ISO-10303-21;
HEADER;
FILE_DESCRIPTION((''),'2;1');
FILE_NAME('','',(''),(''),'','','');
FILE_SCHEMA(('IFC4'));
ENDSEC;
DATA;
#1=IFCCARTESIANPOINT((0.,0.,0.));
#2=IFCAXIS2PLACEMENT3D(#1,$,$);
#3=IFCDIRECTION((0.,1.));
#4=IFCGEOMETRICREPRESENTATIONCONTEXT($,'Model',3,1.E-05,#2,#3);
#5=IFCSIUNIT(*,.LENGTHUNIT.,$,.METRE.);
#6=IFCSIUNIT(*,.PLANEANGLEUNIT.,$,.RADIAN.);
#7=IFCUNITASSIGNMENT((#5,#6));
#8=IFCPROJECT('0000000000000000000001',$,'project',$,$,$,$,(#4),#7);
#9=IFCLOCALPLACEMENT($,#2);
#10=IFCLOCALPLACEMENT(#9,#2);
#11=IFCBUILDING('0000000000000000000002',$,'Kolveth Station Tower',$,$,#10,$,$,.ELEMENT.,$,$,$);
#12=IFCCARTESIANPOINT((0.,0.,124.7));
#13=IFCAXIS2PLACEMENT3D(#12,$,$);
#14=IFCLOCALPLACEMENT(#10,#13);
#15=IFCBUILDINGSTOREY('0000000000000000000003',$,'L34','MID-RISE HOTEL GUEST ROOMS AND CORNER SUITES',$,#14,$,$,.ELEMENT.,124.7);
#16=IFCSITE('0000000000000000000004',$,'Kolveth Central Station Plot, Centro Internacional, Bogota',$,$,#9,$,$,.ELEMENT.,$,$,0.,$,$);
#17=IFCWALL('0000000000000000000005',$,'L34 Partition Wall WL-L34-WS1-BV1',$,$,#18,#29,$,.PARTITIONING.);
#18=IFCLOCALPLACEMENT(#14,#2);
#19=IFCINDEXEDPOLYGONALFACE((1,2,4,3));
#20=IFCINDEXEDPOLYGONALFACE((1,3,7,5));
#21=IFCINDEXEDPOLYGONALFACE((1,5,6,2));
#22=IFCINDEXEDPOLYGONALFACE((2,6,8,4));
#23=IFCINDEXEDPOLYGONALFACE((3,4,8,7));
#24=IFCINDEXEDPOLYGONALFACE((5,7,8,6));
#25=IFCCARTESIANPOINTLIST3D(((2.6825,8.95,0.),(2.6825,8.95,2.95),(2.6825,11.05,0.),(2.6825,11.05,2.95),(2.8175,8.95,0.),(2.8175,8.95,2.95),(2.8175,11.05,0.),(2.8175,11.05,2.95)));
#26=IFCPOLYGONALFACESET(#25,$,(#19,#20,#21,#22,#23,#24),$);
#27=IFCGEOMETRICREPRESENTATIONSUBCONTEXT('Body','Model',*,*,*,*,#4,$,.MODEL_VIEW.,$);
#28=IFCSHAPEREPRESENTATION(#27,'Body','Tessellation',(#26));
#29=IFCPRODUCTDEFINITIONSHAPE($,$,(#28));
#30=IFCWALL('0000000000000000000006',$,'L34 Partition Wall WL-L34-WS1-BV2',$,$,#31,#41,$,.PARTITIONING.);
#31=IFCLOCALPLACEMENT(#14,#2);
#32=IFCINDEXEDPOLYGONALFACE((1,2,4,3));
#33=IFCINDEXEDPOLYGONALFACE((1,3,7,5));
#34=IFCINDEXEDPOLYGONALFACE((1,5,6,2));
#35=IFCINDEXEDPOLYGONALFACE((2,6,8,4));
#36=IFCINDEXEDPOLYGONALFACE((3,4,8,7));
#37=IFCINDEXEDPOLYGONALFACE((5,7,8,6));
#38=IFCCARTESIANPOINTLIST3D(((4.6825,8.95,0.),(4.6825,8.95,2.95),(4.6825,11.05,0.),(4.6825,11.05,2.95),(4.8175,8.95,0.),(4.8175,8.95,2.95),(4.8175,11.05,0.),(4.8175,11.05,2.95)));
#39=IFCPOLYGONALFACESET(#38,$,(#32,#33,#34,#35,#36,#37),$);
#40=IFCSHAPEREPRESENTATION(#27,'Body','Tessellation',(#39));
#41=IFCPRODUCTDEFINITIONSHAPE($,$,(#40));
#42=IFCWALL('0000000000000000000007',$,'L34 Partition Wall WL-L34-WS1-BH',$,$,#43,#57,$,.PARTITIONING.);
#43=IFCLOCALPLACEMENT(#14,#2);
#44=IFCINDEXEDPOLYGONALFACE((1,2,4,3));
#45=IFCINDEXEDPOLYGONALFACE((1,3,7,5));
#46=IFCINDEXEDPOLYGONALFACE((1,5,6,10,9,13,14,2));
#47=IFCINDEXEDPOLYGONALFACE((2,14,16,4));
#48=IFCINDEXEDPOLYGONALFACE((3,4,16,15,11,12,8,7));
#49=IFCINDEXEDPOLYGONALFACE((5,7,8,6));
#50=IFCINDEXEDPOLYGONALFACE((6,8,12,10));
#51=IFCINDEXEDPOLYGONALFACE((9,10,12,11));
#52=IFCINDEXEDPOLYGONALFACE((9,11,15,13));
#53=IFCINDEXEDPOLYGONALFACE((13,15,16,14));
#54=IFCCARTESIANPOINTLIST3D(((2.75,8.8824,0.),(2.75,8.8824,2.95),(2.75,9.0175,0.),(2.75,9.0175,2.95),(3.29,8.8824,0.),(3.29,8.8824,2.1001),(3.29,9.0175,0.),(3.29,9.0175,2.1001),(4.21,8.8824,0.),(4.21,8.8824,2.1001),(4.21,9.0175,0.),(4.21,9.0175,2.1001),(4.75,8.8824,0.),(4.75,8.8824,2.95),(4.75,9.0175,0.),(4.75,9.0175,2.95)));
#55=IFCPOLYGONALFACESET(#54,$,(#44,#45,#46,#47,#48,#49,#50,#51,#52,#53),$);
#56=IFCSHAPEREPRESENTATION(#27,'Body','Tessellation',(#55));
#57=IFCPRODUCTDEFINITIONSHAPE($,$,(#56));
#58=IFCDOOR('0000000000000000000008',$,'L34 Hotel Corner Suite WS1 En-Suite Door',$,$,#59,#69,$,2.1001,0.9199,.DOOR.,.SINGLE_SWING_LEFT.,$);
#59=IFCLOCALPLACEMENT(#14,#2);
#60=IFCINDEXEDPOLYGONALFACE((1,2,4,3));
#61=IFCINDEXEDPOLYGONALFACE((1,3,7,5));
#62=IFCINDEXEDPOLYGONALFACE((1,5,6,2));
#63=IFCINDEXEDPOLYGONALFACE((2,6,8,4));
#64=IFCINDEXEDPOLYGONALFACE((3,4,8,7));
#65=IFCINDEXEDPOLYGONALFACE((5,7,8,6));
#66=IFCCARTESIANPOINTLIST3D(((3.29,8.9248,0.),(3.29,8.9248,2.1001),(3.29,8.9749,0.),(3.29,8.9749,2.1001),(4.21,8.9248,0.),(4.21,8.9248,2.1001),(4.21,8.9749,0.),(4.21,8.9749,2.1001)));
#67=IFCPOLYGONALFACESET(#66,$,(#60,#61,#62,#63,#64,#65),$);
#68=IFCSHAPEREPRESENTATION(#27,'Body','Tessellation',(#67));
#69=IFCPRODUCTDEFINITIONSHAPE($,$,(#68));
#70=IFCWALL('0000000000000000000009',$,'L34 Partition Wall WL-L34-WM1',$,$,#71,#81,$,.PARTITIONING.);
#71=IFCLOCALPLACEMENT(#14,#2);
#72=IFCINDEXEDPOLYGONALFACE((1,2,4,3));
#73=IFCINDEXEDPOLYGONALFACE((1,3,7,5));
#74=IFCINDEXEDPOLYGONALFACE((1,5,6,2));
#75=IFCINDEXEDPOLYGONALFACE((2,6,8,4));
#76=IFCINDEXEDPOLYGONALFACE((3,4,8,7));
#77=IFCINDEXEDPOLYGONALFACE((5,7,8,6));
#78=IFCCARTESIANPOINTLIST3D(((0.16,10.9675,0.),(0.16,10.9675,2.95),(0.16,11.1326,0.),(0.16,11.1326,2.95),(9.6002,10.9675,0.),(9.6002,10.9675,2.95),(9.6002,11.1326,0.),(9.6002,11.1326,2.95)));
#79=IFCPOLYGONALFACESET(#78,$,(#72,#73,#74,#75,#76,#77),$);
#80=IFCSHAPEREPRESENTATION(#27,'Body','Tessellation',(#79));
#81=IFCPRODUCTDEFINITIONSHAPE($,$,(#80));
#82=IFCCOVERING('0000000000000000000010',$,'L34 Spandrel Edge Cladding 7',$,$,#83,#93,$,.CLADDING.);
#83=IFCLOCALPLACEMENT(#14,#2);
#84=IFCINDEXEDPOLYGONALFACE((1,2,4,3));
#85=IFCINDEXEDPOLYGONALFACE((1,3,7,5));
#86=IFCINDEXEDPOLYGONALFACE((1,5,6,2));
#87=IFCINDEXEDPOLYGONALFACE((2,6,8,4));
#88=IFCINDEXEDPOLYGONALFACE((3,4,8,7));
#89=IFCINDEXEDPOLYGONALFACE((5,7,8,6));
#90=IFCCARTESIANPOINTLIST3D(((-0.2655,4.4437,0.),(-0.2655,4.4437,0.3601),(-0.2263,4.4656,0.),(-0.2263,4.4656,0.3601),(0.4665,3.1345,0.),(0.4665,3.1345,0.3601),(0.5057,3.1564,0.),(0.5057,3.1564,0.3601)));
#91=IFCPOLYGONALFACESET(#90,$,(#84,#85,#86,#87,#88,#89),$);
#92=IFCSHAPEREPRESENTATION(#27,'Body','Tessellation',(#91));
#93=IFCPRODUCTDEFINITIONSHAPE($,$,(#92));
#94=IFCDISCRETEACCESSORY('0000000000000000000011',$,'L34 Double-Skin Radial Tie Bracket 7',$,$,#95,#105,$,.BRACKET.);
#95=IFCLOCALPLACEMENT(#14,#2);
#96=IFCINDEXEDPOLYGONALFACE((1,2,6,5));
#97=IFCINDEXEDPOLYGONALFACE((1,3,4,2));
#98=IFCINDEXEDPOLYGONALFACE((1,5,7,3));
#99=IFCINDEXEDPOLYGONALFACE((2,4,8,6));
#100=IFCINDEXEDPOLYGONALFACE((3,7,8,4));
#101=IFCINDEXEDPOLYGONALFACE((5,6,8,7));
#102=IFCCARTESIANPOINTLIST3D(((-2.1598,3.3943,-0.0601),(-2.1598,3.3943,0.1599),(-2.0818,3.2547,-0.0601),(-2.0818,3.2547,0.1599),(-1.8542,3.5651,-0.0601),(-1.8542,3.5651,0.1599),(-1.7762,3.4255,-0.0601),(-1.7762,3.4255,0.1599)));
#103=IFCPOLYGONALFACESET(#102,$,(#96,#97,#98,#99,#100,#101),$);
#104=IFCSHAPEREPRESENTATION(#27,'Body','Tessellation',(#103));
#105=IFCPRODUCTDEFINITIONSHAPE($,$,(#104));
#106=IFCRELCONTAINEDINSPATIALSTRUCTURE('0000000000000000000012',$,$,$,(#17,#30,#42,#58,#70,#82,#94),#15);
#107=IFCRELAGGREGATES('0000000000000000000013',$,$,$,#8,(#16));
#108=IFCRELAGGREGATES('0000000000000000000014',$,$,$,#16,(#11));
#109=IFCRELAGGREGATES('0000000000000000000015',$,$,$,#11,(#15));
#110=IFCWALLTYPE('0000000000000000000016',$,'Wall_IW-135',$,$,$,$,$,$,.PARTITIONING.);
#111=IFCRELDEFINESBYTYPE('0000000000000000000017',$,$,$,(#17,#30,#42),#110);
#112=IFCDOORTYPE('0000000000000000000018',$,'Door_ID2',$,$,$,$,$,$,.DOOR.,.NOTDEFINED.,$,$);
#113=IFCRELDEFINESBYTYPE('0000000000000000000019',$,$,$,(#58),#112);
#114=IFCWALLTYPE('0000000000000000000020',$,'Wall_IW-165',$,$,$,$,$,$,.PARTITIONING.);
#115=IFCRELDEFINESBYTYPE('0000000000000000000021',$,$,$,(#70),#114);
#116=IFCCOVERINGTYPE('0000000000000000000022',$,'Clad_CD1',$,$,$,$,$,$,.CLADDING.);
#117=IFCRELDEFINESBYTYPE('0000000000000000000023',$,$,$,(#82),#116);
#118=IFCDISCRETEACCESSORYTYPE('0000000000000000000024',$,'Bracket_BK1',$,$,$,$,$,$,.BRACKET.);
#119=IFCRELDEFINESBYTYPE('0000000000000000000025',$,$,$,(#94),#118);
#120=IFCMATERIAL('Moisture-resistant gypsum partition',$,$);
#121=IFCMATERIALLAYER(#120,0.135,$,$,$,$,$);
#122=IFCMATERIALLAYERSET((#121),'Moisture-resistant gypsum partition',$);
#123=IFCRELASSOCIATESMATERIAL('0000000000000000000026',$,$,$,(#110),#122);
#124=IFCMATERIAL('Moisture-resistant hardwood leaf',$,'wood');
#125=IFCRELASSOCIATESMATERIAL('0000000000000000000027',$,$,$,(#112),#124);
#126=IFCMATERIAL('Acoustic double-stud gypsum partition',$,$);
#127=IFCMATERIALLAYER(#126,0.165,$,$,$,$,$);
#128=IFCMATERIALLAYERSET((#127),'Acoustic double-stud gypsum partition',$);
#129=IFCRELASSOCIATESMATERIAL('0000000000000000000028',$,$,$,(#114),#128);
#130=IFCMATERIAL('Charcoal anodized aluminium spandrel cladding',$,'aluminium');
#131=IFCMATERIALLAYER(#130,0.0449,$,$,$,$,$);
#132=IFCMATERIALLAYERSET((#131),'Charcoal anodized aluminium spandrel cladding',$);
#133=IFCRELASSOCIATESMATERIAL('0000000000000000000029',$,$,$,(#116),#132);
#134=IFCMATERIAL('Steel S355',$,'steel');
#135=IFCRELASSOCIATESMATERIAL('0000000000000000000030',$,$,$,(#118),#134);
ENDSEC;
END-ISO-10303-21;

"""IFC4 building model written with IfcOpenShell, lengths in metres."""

from ifc_helpers import new_model, si_unit, direction, frame, frame_2d, origin, origin_2d, place, context, subcontext, project, spatial, rectangle, extrude, source, transform, mapped, material, layer, layer_set, type_object, element, fill, save


model = new_model("IFC4")

# Units and contexts
model_context = context("Model", 3, precision=1e-05, world=origin(), true_north=direction((0.0, 1.0)))
body_context = subcontext(model_context, "Body", "Model", "MODEL_VIEW")
ifc_project = project(units=[si_unit("LENGTHUNIT", "METRE"), si_unit("PLANEANGLEUNIT", "RADIAN")], contexts=[model_context])

# Site, building, storey
site_placement = place(None, origin())
site = spatial("IfcSite", under=ifc_project, at=site_placement, Name="Kolveth Central Station Plot, Centro Internacional, Bogota", CompositionType="ELEMENT", RefElevation=0.0)
building_placement = place(site_placement, origin())
building = spatial("IfcBuilding", under=site, at=building_placement, Name="Kolveth Station Tower", CompositionType="ELEMENT")
storey_placement = place(building_placement, frame((0.0, 0.0, 124.7)))
storey = spatial("IfcBuildingStorey", under=building, at=storey_placement, Name="L34", Description="MID-RISE HOTEL GUEST ROOMS AND CORNER SUITES", CompositionType="ELEMENT", Elevation=124.7)

# Shared definitions
ifc_material_1 = material(Name="Steel S355", Category="steel")

# Walls
ifc_material_2 = material(Name="Moisture-resistant gypsum partition")
ifc_layer_1 = layer(ifc_material_2, 0.135)
ifc_layer_set_1 = layer_set([ifc_layer_1], Name="Moisture-resistant gypsum partition")
wall_type_1 = type_object("IfcWallType", Name="Wall_IW-135", PredefinedType="PARTITIONING", material=ifc_layer_set_1)
for number, where, z_axis, x_axis, name in (
    (1, (2.75, 8.95, 0.0), (0.0, 0.0, 1.0), (0.0, 1.0, 0.0), "L34 Partition Wall WL-L34-WS1-BV1"),
    (2, (4.75, 8.95, 0.0), (0.0, 0.0, 1.0), (0.0, 1.0, 0.0), "L34 Partition Wall WL-L34-WS1-BV2"),
):
    element("IfcWall", number, at=place(storey_placement, frame(where, z_axis=z_axis, x_axis=x_axis)), inside=storey, type_object=wall_type_1, Name=name, PredefinedType="PARTITIONING", context=body_context, shape_type="SweptSolid", body=[
        extrude(rectangle(XDim=2.1001, YDim=0.135, at=frame_2d((1.05, 0.0))), origin(), (0.0, 0.0, 1.0), 2.95),
    ])

# Wall, opening, door
wall_1_placement = place(storey_placement, frame((2.75, 8.95, 0.0), z_axis=(0.0, 0.0, 1.0), x_axis=(1.0, 0.0, 0.0)))
wall_1 = element("IfcWall", 3, at=wall_1_placement, inside=storey, type_object=wall_type_1, Name="L34 Partition Wall WL-L34-WS1-BH", PredefinedType="PARTITIONING", context=body_context, shape_type="SweptSolid", body=[
    extrude(rectangle(XDim=2.0, YDim=0.135, at=frame_2d((1.0, 0.0))), origin(), (0.0, 0.0, 1.0), 2.95),
])
opening_placement = place(wall_1_placement, frame((0.54, 0.0, 0.0)))
opening = element("IfcOpeningElement", 4, at=opening_placement, cuts=wall_1, PredefinedType="OPENING", context=body_context, shape_type="SweptSolid", body=[
    extrude(rectangle(XDim=0.9199, YDim=2.1001, at=frame_2d((0.46, 1.05))), frame((0.0, 0.0774, 0.0), z_axis=(0.0, -1.0, 0.0), x_axis=(1.0, 0.0, 0.0)), (0.0, 0.0, 1.0), 0.155),
])
ifc_material_3 = material(Name="Moisture-resistant hardwood leaf", Category="wood")
door_type = type_object("IfcDoorType", Name="Door_ID2", OperationType="NOTDEFINED", PredefinedType="DOOR", material=ifc_material_3)
door_placement = place(opening_placement, origin())
door = element("IfcDoor", 5, at=door_placement, inside=storey, type_object=door_type, Name="L34 Hotel Corner Suite WS1 En-Suite Door", OperationType="SINGLE_SWING_LEFT", OverallHeight=2.1001, OverallWidth=0.9199, PredefinedType="DOOR", context=body_context, shape_type="SweptSolid", body=[
    extrude(rectangle(XDim=0.9199, YDim=2.1001, at=frame_2d((0.46, 1.05))), frame((0.0, 0.0249, 0.0), z_axis=(0.0, -1.0, 0.0), x_axis=(1.0, 0.0, 0.0)), (0.0, 0.0, 1.0), 0.05),
])
fill(opening, door)

# Wall
ifc_material_4 = material(Name="Acoustic double-stud gypsum partition")
ifc_layer_2 = layer(ifc_material_4, 0.165)
ifc_layer_set_2 = layer_set([ifc_layer_2], Name="Acoustic double-stud gypsum partition")
wall_type_2 = type_object("IfcWallType", Name="Wall_IW-165", PredefinedType="PARTITIONING", material=ifc_layer_set_2)
wall_2_placement = place(storey_placement, frame((0.1599, 11.05, 0.0), z_axis=(0.0, 0.0, 1.0), x_axis=(1.0, 0.0, 0.0)))
element("IfcWall", 6, at=wall_2_placement, inside=storey, type_object=wall_type_2, Name="L34 Partition Wall WL-L34-WM1", PredefinedType="PARTITIONING", context=body_context, shape_type="SweptSolid", body=[
    extrude(rectangle(XDim=9.4402, YDim=0.165, at=frame_2d((4.7202, 0.0))), origin(), (0.0, 0.0, 1.0), 2.95),
])

# Covering
ifc_material_5 = material(Name="Charcoal anodized aluminium spandrel cladding", Category="aluminium")
ifc_layer_3 = layer(ifc_material_5, 0.0449)
ifc_layer_set_3 = layer_set([ifc_layer_3], Name="Charcoal anodized aluminium spandrel cladding")
covering_type = type_object("IfcCoveringType", Name="Clad_CD1", PredefinedType="CLADDING", material=ifc_layer_set_3)
shared_shape_1 = source(origin(), body_context, "Body", "SweptSolid", [
    extrude(rectangle(XDim=1.5, YDim=0.0449, at=origin_2d()), origin(), (0.0, 0.0, 1.0), 0.3601),
])
covering_placement = place(storey_placement, frame((0.1201, 3.8, 0.0), z_axis=(0.0, 0.0, 1.0), x_axis=(0.488012, -0.872837, 0.0)))
element("IfcCovering", 7, at=covering_placement, inside=storey, type_object=covering_type, Name="L34 Spandrel Edge Cladding 7", PredefinedType="CLADDING", context=body_context, shape_type="MappedRepresentation", body=[
    mapped(shared_shape_1, transform((0.0, 0.0, 0.0), x_axis=(1.0, 0.0, 0.0), y_axis=(0.0, 1.0, 0.0), z_axis=(0.0, 0.0, 1.0), scale=1.0)),
])

# Discrete accessory
discrete_accessory_type = type_object("IfcDiscreteAccessoryType", Name="Bracket_BK1", PredefinedType="BRACKET", material=ifc_material_1)
shared_shape_2 = source(origin(), body_context, "Body", "SweptSolid", [
    extrude(rectangle(XDim=0.3501, YDim=0.1599, at=origin_2d()), origin(), (0.0, 0.0, 1.0), 0.22),
])
discrete_accessory_placement = place(storey_placement, frame((-1.968, 3.4099, -0.0601), z_axis=(0.0, 0.0, 1.0), x_axis=(-0.872837, -0.488012, 0.0)))
element("IfcDiscreteAccessory", 8, at=discrete_accessory_placement, inside=storey, type_object=discrete_accessory_type, Name="L34 Double-Skin Radial Tie Bracket 7", PredefinedType="BRACKET", context=body_context, shape_type="MappedRepresentation", body=[
    mapped(shared_shape_2, transform((0.0, 0.0, 0.0), x_axis=(1.0, 0.0, 0.0), y_axis=(0.0, 1.0, 0.0), z_axis=(0.0, 0.0, 1.0), scale=1.0)),
])

save(model, "model.ifc")
